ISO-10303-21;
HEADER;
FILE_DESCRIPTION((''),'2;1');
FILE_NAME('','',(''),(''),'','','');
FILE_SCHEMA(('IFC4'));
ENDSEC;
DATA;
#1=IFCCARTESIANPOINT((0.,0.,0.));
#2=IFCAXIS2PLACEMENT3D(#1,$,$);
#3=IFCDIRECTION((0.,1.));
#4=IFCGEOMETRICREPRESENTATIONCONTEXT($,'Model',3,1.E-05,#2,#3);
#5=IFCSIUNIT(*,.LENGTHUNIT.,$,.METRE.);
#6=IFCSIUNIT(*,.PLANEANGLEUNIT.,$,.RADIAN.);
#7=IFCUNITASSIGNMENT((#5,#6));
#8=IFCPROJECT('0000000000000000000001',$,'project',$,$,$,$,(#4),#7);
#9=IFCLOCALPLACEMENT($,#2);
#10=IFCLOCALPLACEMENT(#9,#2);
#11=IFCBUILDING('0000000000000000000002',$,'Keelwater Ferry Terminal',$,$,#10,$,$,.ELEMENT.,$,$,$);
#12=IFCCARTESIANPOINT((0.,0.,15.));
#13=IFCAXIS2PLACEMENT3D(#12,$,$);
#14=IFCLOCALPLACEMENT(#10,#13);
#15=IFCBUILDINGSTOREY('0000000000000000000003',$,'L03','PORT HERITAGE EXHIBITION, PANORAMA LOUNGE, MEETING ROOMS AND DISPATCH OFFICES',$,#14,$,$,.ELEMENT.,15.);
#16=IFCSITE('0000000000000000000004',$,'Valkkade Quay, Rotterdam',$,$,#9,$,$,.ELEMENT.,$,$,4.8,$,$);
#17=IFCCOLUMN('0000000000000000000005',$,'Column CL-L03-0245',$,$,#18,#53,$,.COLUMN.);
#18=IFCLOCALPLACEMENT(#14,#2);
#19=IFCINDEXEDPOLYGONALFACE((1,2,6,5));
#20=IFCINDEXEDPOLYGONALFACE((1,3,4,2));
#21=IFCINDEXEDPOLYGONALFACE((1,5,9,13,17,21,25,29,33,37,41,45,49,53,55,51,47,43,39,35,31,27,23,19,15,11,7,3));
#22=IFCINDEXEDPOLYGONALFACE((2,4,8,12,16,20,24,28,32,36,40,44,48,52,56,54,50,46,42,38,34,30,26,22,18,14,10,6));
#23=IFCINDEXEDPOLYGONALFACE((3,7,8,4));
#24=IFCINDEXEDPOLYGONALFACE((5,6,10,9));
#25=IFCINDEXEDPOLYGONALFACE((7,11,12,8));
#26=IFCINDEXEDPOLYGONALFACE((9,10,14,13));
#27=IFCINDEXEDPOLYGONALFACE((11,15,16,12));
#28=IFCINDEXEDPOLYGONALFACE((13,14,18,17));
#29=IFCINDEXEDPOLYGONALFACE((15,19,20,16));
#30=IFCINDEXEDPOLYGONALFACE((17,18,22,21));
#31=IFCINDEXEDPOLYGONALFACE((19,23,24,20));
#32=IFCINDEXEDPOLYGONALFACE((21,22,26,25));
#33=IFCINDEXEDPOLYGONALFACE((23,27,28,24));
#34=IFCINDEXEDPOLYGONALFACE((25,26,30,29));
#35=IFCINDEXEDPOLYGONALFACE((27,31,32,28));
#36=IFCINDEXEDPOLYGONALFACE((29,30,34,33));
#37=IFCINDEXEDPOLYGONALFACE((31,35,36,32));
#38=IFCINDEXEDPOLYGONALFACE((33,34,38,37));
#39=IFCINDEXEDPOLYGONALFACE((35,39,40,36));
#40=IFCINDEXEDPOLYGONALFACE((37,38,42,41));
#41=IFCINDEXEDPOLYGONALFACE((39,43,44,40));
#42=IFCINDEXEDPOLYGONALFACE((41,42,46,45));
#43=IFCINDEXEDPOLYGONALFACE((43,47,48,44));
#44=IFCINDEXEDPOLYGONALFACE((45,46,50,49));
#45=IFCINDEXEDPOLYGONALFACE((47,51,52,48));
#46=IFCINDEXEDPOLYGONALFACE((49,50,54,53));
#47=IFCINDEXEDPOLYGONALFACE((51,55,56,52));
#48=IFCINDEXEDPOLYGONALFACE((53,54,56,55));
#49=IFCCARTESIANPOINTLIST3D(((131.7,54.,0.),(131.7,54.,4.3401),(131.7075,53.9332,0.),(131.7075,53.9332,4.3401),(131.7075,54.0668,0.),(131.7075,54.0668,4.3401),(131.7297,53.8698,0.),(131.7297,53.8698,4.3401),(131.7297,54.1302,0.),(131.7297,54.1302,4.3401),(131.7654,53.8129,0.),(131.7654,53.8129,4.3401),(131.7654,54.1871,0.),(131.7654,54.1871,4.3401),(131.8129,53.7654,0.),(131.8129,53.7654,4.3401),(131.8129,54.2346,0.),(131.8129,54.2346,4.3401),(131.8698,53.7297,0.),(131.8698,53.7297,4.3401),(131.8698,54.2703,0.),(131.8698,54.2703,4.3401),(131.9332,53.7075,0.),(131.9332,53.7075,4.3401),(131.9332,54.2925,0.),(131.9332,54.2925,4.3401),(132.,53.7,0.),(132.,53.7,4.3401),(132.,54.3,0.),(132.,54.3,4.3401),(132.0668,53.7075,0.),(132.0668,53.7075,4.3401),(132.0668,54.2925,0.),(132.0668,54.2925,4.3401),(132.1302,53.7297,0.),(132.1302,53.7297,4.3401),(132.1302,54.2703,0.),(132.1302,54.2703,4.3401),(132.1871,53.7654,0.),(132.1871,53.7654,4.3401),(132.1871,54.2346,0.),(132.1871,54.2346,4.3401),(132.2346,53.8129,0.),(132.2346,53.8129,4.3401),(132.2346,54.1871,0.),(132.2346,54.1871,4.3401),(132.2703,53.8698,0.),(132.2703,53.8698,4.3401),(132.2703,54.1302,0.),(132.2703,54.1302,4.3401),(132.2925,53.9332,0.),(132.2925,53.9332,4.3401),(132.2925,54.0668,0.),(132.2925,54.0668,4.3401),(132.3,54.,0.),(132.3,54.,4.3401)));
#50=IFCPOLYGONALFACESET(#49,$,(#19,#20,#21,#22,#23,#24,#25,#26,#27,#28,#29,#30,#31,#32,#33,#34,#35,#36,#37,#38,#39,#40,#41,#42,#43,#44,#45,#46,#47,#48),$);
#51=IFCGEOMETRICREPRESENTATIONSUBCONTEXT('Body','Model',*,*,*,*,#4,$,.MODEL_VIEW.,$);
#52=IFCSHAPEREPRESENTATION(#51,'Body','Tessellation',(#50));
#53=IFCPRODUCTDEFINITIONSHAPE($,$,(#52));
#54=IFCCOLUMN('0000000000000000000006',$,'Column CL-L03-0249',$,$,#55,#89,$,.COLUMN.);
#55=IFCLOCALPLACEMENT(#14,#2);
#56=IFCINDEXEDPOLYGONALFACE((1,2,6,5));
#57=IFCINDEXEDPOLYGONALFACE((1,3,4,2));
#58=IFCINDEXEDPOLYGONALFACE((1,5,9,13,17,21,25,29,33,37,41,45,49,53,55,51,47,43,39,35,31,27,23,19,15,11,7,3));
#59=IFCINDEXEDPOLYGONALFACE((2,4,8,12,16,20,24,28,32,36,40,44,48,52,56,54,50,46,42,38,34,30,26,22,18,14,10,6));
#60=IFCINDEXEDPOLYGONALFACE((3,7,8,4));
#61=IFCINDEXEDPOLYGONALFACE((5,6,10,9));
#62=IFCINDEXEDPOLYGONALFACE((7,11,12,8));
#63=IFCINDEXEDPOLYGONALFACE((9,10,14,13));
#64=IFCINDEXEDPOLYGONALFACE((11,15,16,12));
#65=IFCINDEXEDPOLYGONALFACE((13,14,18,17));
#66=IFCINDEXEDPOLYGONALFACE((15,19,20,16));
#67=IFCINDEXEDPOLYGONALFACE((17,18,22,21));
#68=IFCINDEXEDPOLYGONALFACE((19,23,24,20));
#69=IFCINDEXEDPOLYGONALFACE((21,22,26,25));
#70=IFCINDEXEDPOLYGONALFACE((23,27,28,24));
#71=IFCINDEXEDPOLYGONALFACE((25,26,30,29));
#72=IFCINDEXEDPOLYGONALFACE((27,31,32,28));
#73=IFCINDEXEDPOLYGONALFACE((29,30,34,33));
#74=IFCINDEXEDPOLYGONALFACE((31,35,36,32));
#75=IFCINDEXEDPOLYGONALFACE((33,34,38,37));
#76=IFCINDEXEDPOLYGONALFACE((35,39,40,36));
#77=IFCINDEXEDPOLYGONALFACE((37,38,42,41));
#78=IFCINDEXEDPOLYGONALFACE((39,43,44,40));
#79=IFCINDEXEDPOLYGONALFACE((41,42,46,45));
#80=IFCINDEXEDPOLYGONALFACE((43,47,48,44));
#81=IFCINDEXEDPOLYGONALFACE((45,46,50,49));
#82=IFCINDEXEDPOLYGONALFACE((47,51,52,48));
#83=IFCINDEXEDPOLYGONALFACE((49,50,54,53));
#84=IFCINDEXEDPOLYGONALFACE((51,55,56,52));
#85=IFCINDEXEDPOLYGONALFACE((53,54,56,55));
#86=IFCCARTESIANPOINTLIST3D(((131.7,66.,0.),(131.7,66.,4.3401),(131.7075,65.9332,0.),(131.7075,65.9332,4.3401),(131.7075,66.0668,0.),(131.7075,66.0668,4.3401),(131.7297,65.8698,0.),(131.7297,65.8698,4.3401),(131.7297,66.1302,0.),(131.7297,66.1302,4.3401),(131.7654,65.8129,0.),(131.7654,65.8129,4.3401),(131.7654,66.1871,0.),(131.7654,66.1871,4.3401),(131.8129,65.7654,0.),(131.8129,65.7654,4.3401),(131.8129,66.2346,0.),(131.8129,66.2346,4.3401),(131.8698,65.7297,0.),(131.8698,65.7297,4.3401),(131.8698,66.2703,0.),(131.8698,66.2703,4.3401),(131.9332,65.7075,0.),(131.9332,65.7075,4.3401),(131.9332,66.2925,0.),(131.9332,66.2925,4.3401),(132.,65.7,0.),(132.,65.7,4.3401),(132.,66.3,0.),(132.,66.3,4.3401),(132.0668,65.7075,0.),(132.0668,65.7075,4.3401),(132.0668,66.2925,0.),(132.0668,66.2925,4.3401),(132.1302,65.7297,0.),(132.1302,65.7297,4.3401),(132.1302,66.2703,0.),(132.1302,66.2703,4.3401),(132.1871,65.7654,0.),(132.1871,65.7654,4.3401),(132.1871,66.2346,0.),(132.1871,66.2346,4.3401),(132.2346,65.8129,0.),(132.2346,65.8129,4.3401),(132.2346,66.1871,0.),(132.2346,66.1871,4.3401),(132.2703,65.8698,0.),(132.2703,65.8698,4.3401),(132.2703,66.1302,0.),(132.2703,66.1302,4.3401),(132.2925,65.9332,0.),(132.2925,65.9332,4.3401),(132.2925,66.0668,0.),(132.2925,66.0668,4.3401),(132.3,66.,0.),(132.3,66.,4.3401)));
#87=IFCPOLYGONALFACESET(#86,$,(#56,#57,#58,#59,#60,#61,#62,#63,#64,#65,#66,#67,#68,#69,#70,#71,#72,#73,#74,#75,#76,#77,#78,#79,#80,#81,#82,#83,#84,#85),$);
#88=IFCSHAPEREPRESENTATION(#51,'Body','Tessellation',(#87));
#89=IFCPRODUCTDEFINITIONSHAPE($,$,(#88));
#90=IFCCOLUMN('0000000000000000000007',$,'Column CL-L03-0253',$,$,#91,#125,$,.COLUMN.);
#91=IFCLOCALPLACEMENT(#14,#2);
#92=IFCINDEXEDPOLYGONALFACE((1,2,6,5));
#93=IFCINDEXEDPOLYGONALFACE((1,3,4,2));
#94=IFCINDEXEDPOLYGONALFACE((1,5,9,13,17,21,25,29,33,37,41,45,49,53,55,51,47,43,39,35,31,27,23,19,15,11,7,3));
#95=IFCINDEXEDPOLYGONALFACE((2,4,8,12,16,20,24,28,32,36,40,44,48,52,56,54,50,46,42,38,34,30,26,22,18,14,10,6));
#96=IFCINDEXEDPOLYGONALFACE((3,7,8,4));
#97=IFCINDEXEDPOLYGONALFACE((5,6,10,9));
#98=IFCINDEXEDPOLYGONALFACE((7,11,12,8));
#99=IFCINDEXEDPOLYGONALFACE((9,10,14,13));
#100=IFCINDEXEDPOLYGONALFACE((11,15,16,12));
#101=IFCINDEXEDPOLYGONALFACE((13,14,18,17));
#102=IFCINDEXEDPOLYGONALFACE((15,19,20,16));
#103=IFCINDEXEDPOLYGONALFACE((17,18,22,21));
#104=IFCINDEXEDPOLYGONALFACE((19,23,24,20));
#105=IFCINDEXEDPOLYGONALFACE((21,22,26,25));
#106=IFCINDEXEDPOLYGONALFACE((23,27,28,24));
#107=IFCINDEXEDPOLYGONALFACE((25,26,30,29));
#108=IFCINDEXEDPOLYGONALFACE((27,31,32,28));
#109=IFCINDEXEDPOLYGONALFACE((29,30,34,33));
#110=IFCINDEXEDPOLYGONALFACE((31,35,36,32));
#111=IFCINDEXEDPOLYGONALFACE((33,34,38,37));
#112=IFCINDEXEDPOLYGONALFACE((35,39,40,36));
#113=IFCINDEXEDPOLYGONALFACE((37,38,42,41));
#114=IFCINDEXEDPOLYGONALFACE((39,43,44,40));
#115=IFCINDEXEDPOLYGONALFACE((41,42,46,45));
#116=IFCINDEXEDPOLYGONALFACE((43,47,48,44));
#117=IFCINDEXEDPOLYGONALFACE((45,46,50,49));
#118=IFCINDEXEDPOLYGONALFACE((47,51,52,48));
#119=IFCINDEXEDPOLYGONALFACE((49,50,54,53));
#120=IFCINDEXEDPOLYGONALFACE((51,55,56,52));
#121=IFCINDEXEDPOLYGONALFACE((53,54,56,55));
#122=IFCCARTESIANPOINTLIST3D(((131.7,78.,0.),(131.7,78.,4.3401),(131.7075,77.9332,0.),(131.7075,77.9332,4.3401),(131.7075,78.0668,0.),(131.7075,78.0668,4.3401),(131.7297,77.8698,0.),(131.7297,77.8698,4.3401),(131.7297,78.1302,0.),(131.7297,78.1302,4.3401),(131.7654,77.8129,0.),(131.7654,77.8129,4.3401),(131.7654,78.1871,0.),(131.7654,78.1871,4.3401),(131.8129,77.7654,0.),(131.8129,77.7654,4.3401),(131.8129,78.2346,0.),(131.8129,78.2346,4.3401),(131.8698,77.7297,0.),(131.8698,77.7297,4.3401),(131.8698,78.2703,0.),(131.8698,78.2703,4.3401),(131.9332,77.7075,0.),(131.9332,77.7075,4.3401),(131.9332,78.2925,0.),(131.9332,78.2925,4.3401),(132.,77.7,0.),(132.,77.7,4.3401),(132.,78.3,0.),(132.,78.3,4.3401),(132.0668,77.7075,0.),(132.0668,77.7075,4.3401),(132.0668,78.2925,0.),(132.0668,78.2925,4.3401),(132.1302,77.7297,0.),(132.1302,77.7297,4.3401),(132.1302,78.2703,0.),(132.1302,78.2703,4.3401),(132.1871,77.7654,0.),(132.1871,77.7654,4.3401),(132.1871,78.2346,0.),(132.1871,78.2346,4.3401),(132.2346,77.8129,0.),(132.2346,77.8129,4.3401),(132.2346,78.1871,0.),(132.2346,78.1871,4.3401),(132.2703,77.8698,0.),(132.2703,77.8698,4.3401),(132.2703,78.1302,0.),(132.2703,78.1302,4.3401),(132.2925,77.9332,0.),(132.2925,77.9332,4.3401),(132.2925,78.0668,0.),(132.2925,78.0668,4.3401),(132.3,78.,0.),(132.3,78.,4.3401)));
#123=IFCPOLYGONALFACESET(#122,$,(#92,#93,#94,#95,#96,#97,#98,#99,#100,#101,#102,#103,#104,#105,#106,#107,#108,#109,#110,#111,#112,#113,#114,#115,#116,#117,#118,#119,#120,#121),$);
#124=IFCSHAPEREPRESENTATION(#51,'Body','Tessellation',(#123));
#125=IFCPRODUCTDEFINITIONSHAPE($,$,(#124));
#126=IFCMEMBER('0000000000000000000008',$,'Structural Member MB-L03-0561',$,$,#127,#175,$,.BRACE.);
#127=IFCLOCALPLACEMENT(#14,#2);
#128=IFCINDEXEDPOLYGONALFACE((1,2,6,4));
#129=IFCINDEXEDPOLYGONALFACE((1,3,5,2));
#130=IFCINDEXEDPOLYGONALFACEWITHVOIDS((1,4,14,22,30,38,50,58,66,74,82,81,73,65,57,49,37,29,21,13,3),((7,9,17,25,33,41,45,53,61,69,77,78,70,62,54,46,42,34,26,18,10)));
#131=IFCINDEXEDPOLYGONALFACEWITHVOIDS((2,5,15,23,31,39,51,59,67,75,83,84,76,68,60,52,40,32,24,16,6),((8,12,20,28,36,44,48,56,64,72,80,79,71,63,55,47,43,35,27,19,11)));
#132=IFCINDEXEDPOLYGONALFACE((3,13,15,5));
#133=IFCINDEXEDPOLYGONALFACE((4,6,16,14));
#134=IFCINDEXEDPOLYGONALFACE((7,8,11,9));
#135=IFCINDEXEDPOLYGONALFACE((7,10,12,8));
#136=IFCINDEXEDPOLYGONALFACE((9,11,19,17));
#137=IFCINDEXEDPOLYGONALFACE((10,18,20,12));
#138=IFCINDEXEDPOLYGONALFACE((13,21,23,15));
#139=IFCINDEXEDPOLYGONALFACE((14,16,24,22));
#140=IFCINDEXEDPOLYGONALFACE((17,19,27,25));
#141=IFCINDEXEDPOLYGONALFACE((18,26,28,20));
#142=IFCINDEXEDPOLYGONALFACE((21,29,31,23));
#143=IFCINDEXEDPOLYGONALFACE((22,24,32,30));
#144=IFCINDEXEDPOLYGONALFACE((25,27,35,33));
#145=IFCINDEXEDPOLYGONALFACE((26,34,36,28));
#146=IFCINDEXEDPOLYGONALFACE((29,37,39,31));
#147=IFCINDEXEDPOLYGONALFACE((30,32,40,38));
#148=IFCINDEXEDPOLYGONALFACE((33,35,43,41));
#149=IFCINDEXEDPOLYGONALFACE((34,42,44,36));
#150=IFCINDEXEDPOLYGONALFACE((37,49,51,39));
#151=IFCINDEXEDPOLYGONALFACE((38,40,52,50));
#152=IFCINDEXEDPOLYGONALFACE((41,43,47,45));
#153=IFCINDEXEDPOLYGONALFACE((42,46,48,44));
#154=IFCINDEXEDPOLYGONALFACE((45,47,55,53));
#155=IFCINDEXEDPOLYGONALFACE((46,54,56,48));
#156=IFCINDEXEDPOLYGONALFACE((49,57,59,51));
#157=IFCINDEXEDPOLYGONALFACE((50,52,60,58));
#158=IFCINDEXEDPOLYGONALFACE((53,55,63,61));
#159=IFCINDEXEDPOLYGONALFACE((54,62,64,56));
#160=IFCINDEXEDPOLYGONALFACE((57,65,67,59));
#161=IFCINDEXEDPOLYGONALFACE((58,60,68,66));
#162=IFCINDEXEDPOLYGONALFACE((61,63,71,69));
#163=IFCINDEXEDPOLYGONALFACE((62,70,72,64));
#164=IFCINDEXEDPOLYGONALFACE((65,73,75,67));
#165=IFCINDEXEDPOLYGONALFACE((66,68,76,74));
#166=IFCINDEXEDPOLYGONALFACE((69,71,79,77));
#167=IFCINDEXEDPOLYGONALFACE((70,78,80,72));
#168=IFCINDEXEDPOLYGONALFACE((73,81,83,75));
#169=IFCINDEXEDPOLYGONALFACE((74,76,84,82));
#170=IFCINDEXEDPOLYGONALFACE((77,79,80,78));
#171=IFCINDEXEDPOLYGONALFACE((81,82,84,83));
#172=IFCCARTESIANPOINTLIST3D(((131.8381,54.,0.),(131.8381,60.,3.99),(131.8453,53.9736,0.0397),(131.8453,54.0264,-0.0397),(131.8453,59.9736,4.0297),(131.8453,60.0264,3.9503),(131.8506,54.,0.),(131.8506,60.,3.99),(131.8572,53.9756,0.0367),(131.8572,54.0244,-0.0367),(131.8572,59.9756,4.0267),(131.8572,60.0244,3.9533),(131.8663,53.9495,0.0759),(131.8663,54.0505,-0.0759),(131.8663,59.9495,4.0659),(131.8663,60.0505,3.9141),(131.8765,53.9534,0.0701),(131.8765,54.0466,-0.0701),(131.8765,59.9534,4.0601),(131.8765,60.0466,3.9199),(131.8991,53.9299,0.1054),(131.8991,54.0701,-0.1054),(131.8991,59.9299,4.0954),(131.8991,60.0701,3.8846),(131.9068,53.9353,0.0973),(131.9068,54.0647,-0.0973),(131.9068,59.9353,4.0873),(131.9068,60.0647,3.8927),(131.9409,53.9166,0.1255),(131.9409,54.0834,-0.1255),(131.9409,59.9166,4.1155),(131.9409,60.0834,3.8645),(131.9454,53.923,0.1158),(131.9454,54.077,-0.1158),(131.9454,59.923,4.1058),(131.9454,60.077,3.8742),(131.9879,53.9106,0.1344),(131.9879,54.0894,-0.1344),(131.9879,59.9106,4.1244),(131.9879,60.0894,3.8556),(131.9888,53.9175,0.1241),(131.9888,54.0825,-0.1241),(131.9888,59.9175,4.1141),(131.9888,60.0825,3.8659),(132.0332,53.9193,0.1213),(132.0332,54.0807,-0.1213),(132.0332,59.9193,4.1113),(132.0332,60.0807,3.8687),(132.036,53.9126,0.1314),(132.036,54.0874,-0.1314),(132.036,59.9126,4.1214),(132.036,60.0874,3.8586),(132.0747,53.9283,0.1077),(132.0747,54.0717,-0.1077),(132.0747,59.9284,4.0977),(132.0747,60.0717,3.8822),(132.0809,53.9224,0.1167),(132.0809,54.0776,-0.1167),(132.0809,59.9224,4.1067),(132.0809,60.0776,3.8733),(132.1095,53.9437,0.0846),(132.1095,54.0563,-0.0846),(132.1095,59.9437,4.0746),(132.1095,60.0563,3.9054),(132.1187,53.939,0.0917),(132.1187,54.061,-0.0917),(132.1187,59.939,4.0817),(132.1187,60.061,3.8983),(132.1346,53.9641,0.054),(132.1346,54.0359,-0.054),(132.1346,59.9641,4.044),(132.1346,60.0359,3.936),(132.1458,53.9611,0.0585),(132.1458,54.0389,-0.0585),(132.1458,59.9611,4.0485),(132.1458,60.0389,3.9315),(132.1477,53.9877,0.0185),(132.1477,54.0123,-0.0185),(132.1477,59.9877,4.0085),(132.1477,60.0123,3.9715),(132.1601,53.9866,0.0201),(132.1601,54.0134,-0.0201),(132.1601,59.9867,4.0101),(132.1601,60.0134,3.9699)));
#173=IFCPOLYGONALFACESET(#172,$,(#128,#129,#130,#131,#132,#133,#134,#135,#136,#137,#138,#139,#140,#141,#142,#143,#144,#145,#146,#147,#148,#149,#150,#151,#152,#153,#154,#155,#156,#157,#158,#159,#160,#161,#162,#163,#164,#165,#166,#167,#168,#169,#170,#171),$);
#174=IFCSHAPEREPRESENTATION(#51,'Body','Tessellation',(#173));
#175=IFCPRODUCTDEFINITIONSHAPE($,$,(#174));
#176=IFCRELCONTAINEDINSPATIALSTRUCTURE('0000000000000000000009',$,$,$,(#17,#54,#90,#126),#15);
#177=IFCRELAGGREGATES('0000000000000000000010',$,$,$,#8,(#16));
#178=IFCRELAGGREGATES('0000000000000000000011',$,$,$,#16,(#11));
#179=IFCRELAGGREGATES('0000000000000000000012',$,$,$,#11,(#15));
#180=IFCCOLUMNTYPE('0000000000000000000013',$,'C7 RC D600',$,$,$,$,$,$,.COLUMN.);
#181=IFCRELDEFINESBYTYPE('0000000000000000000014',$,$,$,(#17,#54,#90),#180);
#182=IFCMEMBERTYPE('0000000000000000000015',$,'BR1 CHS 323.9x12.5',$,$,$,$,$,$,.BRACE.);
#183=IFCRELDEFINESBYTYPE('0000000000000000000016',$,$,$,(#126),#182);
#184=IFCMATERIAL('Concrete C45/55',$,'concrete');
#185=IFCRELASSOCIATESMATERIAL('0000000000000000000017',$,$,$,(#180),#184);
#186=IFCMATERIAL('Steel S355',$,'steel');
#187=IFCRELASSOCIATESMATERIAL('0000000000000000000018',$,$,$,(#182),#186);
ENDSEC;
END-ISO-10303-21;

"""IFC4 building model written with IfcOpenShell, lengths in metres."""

from ifc_helpers import new_model, si_unit, direction, frame, origin, origin_2d, place, context, subcontext, project, spatial, circle, hollow_circle, extrude, material, material_profile, profile_set, type_object, element, save


model = new_model("IFC4")

# Units and contexts
model_context = context("Model", 3, precision=1e-05, world=origin(), true_north=direction((0.0, 1.0)))
body_context = subcontext(model_context, "Body", "Model", "MODEL_VIEW")
ifc_project = project(units=[si_unit("LENGTHUNIT", "METRE"), si_unit("PLANEANGLEUNIT", "RADIAN")], contexts=[model_context])

# Site, building, storey
site_placement = place(None, origin())
site = spatial("IfcSite", under=ifc_project, at=site_placement, Name="Valkkade Quay, Rotterdam", CompositionType="ELEMENT", RefElevation=4.8)
building_placement = place(site_placement, origin())
building = spatial("IfcBuilding", under=site, at=building_placement, Name="Keelwater Ferry Terminal", CompositionType="ELEMENT")
storey_placement = place(building_placement, frame((0.0, 0.0, 15.0)))
storey = spatial("IfcBuildingStorey", under=building, at=storey_placement, Name="L03", Description="PORT HERITAGE EXHIBITION, PANORAMA LOUNGE, MEETING ROOMS AND DISPATCH OFFICES", CompositionType="ELEMENT", Elevation=15.0)

# Columns
ifc_material_1 = material(Name="Concrete C45/55", Category="concrete")
ifc_material_profile_1 = material_profile(ifc_material_1, circle(Radius=0.3, at=origin_2d()), Name="RC D600")
ifc_profile_set_1 = profile_set([ifc_material_profile_1], Name="Concrete C45/55")
column_type = type_object("IfcColumnType", Name="C7 RC D600", PredefinedType="COLUMN", material=ifc_profile_set_1)
for number, where, z_axis, x_axis, name in (
    (1, (132.0, 54.0, 0.0), (0.0, 0.0, 1.0), (1.0, 0.0, 0.0), "Column CL-L03-0245"),
    (2, (132.0, 66.0, 0.0), (0.0, 0.0, 1.0), (1.0, 0.0, 0.0), "Column CL-L03-0249"),
    (3, (132.0, 78.0, 0.0), (0.0, 0.0, 1.0), (1.0, 0.0, 0.0), "Column CL-L03-0253"),
):
    element("IfcColumn", number, at=place(storey_placement, frame(where, z_axis=z_axis, x_axis=x_axis)), inside=storey, type_object=column_type, Name=name, PredefinedType="COLUMN", context=body_context, shape_type="SweptSolid", body=[
        extrude(circle(Radius=0.3, at=origin_2d()), origin(), (0.0, 0.0, 1.0), 4.3401),
    ])

# Member
ifc_material_2 = material(Name="Steel S355", Category="steel")
ifc_material_profile_2 = material_profile(ifc_material_2, hollow_circle(Radius=0.1619, WallThickness=0.0125, at=origin_2d()), Name="CHS 323.9x12.5")
ifc_profile_set_2 = profile_set([ifc_material_profile_2], Name="Steel S355")
member_type = type_object("IfcMemberType", Name="BR1 CHS 323.9x12.5", PredefinedType="BRACE", material=ifc_profile_set_2)
for number, where, z_axis, x_axis, name in (
    (4, (132.0, 54.0, 0.0), (0.0, 0.832691, 0.553738), (-1.0, 0.0, 0.0), "Structural Member MB-L03-0561"),
):
    element("IfcMember", number, at=place(storey_placement, frame(where, z_axis=z_axis, x_axis=x_axis)), inside=storey, type_object=member_type, Name=name, PredefinedType="BRACE", context=body_context, shape_type="SweptSolid", body=[
        extrude(hollow_circle(Radius=0.1619, WallThickness=0.0125, at=origin_2d()), origin(), (0.0, 0.0, 1.0), 7.2056),
    ])

save(model, "model.ifc")
